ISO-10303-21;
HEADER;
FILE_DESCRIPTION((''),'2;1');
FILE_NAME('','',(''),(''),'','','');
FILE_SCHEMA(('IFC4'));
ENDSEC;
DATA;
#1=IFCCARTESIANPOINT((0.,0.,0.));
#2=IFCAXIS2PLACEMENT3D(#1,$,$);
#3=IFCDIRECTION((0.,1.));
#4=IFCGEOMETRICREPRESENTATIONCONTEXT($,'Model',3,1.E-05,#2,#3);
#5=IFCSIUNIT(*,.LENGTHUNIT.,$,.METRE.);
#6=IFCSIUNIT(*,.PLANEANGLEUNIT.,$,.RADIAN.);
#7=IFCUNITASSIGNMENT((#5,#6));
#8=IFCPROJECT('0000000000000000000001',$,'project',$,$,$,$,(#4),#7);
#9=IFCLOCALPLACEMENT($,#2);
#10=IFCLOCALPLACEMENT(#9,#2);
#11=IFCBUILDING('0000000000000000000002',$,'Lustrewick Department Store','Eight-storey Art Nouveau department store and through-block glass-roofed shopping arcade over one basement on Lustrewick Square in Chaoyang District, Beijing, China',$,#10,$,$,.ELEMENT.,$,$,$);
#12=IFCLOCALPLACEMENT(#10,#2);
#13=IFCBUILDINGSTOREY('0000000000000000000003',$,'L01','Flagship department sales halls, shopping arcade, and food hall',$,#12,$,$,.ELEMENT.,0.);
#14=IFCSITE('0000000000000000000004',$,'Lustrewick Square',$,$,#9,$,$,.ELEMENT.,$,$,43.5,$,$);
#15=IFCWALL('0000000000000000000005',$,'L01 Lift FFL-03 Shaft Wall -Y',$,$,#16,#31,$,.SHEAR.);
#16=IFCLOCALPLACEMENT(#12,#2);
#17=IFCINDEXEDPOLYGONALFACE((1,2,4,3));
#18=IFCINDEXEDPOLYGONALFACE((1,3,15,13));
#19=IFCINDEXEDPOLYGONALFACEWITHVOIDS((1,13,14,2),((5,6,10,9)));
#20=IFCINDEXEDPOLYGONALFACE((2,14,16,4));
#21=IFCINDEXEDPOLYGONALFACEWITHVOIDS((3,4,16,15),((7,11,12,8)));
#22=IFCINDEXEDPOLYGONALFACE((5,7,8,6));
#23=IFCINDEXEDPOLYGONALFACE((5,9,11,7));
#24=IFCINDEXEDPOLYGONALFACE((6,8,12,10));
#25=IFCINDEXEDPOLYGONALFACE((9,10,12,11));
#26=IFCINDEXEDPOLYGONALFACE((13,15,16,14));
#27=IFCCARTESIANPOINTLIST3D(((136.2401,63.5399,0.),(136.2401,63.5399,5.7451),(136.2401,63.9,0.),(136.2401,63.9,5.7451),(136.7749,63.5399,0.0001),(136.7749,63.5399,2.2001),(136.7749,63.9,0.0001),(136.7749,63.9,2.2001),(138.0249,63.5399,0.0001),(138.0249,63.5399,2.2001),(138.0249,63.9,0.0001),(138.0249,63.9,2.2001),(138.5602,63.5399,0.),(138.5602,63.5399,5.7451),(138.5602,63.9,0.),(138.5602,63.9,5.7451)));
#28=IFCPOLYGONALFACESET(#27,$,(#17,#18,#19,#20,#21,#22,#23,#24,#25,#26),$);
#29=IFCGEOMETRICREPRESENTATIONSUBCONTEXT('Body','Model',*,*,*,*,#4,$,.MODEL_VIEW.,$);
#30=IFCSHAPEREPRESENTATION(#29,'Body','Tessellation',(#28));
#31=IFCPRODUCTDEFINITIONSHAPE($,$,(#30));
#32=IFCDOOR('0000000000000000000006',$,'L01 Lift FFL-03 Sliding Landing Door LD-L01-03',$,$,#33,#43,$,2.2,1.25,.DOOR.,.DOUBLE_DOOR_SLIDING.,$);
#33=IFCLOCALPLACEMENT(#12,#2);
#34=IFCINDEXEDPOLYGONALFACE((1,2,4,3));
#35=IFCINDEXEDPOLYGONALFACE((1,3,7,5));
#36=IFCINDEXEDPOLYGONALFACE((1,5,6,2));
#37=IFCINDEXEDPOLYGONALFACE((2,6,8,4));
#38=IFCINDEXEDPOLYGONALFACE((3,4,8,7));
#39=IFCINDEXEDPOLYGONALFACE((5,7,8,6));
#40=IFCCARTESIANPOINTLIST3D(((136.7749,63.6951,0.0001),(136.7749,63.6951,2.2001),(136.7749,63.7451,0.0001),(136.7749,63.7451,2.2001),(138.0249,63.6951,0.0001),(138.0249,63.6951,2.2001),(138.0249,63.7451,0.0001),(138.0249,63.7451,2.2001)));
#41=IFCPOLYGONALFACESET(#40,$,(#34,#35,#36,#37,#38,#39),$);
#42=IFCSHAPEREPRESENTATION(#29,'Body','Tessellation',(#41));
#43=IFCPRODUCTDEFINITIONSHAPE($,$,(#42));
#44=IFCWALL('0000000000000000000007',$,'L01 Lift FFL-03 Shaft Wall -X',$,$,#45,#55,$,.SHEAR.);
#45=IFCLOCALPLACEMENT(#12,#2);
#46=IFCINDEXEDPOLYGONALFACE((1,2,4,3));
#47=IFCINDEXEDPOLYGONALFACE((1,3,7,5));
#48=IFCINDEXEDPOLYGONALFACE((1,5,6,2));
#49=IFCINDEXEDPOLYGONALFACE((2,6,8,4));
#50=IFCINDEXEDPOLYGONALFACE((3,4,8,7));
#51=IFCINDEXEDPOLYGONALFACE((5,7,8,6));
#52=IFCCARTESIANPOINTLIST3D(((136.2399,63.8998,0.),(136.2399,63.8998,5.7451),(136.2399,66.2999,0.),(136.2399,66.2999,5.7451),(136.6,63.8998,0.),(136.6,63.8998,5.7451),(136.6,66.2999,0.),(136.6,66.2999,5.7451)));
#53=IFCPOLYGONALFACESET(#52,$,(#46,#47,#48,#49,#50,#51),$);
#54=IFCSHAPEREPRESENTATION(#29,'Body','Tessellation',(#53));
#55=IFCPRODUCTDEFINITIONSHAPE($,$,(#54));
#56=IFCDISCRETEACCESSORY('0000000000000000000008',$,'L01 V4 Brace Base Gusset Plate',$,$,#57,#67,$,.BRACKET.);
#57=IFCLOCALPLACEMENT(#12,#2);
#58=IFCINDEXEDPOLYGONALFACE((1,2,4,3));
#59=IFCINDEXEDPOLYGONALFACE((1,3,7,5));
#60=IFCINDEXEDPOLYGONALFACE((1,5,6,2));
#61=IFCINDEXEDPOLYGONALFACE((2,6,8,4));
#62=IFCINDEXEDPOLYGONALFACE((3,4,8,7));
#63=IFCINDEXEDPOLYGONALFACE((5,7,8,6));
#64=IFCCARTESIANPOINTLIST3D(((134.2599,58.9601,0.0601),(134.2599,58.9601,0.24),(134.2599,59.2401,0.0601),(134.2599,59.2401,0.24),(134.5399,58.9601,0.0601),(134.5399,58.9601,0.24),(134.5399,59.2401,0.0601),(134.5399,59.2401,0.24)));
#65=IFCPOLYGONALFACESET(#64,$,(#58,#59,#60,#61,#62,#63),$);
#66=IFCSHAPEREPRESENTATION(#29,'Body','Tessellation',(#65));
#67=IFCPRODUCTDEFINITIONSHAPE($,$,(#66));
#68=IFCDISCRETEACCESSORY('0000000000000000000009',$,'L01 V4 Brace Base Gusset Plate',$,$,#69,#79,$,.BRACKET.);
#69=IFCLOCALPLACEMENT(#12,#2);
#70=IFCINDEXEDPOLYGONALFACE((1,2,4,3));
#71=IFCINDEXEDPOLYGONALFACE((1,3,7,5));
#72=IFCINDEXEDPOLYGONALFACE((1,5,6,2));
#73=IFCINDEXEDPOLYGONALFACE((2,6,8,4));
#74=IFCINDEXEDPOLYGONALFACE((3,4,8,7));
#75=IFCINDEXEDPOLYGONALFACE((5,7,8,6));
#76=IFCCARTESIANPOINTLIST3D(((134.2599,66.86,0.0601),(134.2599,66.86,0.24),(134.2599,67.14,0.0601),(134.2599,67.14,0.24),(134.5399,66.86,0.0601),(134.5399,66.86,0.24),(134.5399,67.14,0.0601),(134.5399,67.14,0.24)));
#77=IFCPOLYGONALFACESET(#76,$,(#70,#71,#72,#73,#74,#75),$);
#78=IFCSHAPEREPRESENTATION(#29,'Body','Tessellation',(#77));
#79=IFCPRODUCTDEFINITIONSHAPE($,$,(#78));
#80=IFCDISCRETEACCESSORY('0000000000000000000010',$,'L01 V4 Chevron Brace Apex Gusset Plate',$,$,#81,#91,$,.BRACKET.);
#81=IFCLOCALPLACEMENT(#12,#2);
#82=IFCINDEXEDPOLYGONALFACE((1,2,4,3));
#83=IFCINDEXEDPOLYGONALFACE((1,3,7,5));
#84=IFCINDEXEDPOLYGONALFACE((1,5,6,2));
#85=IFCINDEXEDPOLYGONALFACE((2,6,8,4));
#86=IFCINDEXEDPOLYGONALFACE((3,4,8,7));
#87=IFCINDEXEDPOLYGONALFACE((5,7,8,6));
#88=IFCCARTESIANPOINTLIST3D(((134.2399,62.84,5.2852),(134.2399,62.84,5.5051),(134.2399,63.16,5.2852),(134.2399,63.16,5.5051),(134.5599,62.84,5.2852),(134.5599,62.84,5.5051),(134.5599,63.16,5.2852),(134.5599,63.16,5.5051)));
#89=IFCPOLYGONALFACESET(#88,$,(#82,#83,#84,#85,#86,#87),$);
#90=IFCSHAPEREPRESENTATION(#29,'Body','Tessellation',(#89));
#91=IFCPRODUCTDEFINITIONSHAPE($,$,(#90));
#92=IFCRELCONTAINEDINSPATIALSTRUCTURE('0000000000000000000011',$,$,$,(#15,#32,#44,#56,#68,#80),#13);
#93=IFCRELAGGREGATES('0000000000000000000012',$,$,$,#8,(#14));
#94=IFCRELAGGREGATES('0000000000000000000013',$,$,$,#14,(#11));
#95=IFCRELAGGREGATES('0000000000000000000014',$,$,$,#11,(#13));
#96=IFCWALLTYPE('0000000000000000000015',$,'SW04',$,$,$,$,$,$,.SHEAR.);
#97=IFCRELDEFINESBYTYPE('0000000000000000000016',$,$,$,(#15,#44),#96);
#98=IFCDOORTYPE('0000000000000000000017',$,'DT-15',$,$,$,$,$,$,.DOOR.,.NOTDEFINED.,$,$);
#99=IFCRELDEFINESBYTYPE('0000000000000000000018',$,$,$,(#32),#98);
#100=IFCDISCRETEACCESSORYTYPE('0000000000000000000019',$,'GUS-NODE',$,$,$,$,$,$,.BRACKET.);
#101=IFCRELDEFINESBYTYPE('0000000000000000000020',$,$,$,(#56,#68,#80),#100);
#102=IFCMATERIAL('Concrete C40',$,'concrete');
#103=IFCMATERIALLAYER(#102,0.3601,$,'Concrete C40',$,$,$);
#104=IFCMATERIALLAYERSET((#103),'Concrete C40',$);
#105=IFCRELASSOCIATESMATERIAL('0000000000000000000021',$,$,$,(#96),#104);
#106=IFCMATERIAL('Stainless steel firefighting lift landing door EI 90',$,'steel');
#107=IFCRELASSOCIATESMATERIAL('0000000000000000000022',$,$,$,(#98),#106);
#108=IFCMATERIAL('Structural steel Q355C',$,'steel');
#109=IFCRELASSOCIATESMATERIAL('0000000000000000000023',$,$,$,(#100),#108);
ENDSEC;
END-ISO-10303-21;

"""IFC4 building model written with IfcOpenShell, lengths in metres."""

from ifc_helpers import new_model, si_unit, direction, frame, frame_2d, origin, origin_2d, place, context, subcontext, project, spatial, rectangle, extrude, material, layer, layer_set, type_object, element, fill, save


model = new_model("IFC4")

# Units and contexts
model_context = context("Model", 3, precision=1e-05, world=origin(), true_north=direction((0.0, 1.0)))
body_context = subcontext(model_context, "Body", "Model", "MODEL_VIEW")
ifc_project = project(units=[si_unit("LENGTHUNIT", "METRE"), si_unit("PLANEANGLEUNIT", "RADIAN")], contexts=[model_context])

# Site, building, storey
site_placement = place(None, origin())
site = spatial("IfcSite", under=ifc_project, at=site_placement, Name="Lustrewick Square", CompositionType="ELEMENT", RefElevation=43.5)
building_placement = place(site_placement, origin())
building = spatial("IfcBuilding", under=site, at=building_placement, Name="Lustrewick Department Store", Description="Eight-storey Art Nouveau department store and through-block glass-roofed shopping arcade over one basement on Lustrewick Square in Chaoyang District, Beijing, China", CompositionType="ELEMENT")
storey_placement = place(building_placement, origin())
storey = spatial("IfcBuildingStorey", under=building, at=storey_placement, Name="L01", Description="Flagship department sales halls, shopping arcade, and food hall", CompositionType="ELEMENT", Elevation=0.0)

# Shared definitions
ifc_material_1 = material(Name="Structural steel Q355C", Category="steel")

# Wall, opening, door
ifc_material_2 = material(Name="Concrete C40", Category="concrete")
ifc_layer_1 = layer(ifc_material_2, 0.3601, Name="Concrete C40")
ifc_layer_set_1 = layer_set([ifc_layer_1], Name="Concrete C40")
wall_type_1 = type_object("IfcWallType", Name="SW04", PredefinedType="SHEAR", material=ifc_layer_set_1)
wall_1_placement = place(storey_placement, frame((136.24, 63.72, 0.0), z_axis=(0.0, 0.0, 1.0), x_axis=(1.0, 0.0, 0.0)))
wall_1 = element("IfcWall", 1, at=wall_1_placement, inside=storey, type_object=wall_type_1, Name="L01 Lift FFL-03 Shaft Wall -Y", PredefinedType="SHEAR", context=body_context, shape_type="SweptSolid", body=[
    extrude(rectangle(XDim=2.3201, YDim=0.3601, at=frame_2d((1.1602, 0.0))), origin(), (0.0, 0.0, 1.0), 5.7451),
])
opening_1_placement = place(wall_1_placement, frame((0.5349, 0.0, 0.0)))
opening_1 = element("IfcOpeningElement", 2, at=opening_1_placement, cuts=wall_1, PredefinedType="OPENING", context=body_context, shape_type="SweptSolid", body=[
    extrude(rectangle(XDim=1.25, YDim=2.2, at=frame_2d((0.625, 1.1001))), frame((0.0, 0.1899, 0.0), z_axis=(0.0, -1.0, 0.0), x_axis=(1.0, 0.0, 0.0)), (0.0, 0.0, 1.0), 0.3801),
])
ifc_material_3 = material(Name="Stainless steel firefighting lift landing door EI 90", Category="steel")
door_type_1 = type_object("IfcDoorType", Name="DT-15", OperationType="NOTDEFINED", PredefinedType="DOOR", material=ifc_material_3)
door_1_placement = place(opening_1_placement, frame((1.25, 0.0, 0.0), z_axis=(0.0, 0.0, 1.0), x_axis=(-1.0, 0.0, 0.0)))
door_1 = element("IfcDoor", 3, at=door_1_placement, inside=storey, type_object=door_type_1, Name="L01 Lift FFL-03 Sliding Landing Door LD-L01-03", OperationType="DOUBLE_DOOR_SLIDING", OverallHeight=2.2, OverallWidth=1.25, PredefinedType="DOOR", context=body_context, shape_type="SweptSolid", body=[
    extrude(rectangle(XDim=1.25, YDim=2.2, at=frame_2d((0.625, 1.1001))), frame((0.0, 0.0249, 0.0), z_axis=(0.0, -1.0, 0.0), x_axis=(1.0, 0.0, 0.0)), (0.0, 0.0, 1.0), 0.05),
])
fill(opening_1, door_1)

# Wall
wall_2_placement = place(storey_placement, frame((136.4199, 66.3, 0.0), z_axis=(0.0, 0.0, 1.0), x_axis=(0.0, -1.0, 0.0)))
element("IfcWall", 4, at=wall_2_placement, inside=storey, type_object=wall_type_1, Name="L01 Lift FFL-03 Shaft Wall -X", PredefinedType="SHEAR", context=body_context, shape_type="SweptSolid", body=[
    extrude(rectangle(XDim=2.4001, YDim=0.3601, at=frame_2d((1.2002, 0.0))), origin(), (0.0, 0.0, 1.0), 5.7451),
])

# Discrete accessories
discrete_accessory_type = type_object("IfcDiscreteAccessoryType", Name="GUS-NODE", PredefinedType="BRACKET", material=ifc_material_1)
for number, where, z_axis, x_axis, name in (
    (5, (134.3999, 59.1001, 0.0601), (0.0, 0.0, 1.0), (1.0, 0.0, 0.0), "L01 V4 Brace Base Gusset Plate"),
    (6, (134.3999, 67.0, 0.0601), (0.0, 0.0, 1.0), (1.0, 0.0, 0.0), "L01 V4 Brace Base Gusset Plate"),
):
    element("IfcDiscreteAccessory", number, at=place(storey_placement, frame(where, z_axis=z_axis, x_axis=x_axis)), inside=storey, type_object=discrete_accessory_type, Name=name, PredefinedType="BRACKET", context=body_context, shape_type="SweptSolid", body=[
        extrude(rectangle(XDim=0.28, YDim=0.28, at=origin_2d()), origin(), (0.0, 0.0, 1.0), 0.1799),
    ])
discrete_accessory_placement = place(storey_placement, frame((134.3999, 63.0, 5.2852), z_axis=(0.0, 0.0, 1.0), x_axis=(1.0, 0.0, 0.0)))
element("IfcDiscreteAccessory", 7, at=discrete_accessory_placement, inside=storey, type_object=discrete_accessory_type, Name="L01 V4 Chevron Brace Apex Gusset Plate", PredefinedType="BRACKET", context=body_context, shape_type="SweptSolid", body=[
    extrude(rectangle(XDim=0.3201, YDim=0.3201, at=origin_2d()), origin(), (0.0, 0.0, 1.0), 0.22),
])

save(model, "model.ifc")
